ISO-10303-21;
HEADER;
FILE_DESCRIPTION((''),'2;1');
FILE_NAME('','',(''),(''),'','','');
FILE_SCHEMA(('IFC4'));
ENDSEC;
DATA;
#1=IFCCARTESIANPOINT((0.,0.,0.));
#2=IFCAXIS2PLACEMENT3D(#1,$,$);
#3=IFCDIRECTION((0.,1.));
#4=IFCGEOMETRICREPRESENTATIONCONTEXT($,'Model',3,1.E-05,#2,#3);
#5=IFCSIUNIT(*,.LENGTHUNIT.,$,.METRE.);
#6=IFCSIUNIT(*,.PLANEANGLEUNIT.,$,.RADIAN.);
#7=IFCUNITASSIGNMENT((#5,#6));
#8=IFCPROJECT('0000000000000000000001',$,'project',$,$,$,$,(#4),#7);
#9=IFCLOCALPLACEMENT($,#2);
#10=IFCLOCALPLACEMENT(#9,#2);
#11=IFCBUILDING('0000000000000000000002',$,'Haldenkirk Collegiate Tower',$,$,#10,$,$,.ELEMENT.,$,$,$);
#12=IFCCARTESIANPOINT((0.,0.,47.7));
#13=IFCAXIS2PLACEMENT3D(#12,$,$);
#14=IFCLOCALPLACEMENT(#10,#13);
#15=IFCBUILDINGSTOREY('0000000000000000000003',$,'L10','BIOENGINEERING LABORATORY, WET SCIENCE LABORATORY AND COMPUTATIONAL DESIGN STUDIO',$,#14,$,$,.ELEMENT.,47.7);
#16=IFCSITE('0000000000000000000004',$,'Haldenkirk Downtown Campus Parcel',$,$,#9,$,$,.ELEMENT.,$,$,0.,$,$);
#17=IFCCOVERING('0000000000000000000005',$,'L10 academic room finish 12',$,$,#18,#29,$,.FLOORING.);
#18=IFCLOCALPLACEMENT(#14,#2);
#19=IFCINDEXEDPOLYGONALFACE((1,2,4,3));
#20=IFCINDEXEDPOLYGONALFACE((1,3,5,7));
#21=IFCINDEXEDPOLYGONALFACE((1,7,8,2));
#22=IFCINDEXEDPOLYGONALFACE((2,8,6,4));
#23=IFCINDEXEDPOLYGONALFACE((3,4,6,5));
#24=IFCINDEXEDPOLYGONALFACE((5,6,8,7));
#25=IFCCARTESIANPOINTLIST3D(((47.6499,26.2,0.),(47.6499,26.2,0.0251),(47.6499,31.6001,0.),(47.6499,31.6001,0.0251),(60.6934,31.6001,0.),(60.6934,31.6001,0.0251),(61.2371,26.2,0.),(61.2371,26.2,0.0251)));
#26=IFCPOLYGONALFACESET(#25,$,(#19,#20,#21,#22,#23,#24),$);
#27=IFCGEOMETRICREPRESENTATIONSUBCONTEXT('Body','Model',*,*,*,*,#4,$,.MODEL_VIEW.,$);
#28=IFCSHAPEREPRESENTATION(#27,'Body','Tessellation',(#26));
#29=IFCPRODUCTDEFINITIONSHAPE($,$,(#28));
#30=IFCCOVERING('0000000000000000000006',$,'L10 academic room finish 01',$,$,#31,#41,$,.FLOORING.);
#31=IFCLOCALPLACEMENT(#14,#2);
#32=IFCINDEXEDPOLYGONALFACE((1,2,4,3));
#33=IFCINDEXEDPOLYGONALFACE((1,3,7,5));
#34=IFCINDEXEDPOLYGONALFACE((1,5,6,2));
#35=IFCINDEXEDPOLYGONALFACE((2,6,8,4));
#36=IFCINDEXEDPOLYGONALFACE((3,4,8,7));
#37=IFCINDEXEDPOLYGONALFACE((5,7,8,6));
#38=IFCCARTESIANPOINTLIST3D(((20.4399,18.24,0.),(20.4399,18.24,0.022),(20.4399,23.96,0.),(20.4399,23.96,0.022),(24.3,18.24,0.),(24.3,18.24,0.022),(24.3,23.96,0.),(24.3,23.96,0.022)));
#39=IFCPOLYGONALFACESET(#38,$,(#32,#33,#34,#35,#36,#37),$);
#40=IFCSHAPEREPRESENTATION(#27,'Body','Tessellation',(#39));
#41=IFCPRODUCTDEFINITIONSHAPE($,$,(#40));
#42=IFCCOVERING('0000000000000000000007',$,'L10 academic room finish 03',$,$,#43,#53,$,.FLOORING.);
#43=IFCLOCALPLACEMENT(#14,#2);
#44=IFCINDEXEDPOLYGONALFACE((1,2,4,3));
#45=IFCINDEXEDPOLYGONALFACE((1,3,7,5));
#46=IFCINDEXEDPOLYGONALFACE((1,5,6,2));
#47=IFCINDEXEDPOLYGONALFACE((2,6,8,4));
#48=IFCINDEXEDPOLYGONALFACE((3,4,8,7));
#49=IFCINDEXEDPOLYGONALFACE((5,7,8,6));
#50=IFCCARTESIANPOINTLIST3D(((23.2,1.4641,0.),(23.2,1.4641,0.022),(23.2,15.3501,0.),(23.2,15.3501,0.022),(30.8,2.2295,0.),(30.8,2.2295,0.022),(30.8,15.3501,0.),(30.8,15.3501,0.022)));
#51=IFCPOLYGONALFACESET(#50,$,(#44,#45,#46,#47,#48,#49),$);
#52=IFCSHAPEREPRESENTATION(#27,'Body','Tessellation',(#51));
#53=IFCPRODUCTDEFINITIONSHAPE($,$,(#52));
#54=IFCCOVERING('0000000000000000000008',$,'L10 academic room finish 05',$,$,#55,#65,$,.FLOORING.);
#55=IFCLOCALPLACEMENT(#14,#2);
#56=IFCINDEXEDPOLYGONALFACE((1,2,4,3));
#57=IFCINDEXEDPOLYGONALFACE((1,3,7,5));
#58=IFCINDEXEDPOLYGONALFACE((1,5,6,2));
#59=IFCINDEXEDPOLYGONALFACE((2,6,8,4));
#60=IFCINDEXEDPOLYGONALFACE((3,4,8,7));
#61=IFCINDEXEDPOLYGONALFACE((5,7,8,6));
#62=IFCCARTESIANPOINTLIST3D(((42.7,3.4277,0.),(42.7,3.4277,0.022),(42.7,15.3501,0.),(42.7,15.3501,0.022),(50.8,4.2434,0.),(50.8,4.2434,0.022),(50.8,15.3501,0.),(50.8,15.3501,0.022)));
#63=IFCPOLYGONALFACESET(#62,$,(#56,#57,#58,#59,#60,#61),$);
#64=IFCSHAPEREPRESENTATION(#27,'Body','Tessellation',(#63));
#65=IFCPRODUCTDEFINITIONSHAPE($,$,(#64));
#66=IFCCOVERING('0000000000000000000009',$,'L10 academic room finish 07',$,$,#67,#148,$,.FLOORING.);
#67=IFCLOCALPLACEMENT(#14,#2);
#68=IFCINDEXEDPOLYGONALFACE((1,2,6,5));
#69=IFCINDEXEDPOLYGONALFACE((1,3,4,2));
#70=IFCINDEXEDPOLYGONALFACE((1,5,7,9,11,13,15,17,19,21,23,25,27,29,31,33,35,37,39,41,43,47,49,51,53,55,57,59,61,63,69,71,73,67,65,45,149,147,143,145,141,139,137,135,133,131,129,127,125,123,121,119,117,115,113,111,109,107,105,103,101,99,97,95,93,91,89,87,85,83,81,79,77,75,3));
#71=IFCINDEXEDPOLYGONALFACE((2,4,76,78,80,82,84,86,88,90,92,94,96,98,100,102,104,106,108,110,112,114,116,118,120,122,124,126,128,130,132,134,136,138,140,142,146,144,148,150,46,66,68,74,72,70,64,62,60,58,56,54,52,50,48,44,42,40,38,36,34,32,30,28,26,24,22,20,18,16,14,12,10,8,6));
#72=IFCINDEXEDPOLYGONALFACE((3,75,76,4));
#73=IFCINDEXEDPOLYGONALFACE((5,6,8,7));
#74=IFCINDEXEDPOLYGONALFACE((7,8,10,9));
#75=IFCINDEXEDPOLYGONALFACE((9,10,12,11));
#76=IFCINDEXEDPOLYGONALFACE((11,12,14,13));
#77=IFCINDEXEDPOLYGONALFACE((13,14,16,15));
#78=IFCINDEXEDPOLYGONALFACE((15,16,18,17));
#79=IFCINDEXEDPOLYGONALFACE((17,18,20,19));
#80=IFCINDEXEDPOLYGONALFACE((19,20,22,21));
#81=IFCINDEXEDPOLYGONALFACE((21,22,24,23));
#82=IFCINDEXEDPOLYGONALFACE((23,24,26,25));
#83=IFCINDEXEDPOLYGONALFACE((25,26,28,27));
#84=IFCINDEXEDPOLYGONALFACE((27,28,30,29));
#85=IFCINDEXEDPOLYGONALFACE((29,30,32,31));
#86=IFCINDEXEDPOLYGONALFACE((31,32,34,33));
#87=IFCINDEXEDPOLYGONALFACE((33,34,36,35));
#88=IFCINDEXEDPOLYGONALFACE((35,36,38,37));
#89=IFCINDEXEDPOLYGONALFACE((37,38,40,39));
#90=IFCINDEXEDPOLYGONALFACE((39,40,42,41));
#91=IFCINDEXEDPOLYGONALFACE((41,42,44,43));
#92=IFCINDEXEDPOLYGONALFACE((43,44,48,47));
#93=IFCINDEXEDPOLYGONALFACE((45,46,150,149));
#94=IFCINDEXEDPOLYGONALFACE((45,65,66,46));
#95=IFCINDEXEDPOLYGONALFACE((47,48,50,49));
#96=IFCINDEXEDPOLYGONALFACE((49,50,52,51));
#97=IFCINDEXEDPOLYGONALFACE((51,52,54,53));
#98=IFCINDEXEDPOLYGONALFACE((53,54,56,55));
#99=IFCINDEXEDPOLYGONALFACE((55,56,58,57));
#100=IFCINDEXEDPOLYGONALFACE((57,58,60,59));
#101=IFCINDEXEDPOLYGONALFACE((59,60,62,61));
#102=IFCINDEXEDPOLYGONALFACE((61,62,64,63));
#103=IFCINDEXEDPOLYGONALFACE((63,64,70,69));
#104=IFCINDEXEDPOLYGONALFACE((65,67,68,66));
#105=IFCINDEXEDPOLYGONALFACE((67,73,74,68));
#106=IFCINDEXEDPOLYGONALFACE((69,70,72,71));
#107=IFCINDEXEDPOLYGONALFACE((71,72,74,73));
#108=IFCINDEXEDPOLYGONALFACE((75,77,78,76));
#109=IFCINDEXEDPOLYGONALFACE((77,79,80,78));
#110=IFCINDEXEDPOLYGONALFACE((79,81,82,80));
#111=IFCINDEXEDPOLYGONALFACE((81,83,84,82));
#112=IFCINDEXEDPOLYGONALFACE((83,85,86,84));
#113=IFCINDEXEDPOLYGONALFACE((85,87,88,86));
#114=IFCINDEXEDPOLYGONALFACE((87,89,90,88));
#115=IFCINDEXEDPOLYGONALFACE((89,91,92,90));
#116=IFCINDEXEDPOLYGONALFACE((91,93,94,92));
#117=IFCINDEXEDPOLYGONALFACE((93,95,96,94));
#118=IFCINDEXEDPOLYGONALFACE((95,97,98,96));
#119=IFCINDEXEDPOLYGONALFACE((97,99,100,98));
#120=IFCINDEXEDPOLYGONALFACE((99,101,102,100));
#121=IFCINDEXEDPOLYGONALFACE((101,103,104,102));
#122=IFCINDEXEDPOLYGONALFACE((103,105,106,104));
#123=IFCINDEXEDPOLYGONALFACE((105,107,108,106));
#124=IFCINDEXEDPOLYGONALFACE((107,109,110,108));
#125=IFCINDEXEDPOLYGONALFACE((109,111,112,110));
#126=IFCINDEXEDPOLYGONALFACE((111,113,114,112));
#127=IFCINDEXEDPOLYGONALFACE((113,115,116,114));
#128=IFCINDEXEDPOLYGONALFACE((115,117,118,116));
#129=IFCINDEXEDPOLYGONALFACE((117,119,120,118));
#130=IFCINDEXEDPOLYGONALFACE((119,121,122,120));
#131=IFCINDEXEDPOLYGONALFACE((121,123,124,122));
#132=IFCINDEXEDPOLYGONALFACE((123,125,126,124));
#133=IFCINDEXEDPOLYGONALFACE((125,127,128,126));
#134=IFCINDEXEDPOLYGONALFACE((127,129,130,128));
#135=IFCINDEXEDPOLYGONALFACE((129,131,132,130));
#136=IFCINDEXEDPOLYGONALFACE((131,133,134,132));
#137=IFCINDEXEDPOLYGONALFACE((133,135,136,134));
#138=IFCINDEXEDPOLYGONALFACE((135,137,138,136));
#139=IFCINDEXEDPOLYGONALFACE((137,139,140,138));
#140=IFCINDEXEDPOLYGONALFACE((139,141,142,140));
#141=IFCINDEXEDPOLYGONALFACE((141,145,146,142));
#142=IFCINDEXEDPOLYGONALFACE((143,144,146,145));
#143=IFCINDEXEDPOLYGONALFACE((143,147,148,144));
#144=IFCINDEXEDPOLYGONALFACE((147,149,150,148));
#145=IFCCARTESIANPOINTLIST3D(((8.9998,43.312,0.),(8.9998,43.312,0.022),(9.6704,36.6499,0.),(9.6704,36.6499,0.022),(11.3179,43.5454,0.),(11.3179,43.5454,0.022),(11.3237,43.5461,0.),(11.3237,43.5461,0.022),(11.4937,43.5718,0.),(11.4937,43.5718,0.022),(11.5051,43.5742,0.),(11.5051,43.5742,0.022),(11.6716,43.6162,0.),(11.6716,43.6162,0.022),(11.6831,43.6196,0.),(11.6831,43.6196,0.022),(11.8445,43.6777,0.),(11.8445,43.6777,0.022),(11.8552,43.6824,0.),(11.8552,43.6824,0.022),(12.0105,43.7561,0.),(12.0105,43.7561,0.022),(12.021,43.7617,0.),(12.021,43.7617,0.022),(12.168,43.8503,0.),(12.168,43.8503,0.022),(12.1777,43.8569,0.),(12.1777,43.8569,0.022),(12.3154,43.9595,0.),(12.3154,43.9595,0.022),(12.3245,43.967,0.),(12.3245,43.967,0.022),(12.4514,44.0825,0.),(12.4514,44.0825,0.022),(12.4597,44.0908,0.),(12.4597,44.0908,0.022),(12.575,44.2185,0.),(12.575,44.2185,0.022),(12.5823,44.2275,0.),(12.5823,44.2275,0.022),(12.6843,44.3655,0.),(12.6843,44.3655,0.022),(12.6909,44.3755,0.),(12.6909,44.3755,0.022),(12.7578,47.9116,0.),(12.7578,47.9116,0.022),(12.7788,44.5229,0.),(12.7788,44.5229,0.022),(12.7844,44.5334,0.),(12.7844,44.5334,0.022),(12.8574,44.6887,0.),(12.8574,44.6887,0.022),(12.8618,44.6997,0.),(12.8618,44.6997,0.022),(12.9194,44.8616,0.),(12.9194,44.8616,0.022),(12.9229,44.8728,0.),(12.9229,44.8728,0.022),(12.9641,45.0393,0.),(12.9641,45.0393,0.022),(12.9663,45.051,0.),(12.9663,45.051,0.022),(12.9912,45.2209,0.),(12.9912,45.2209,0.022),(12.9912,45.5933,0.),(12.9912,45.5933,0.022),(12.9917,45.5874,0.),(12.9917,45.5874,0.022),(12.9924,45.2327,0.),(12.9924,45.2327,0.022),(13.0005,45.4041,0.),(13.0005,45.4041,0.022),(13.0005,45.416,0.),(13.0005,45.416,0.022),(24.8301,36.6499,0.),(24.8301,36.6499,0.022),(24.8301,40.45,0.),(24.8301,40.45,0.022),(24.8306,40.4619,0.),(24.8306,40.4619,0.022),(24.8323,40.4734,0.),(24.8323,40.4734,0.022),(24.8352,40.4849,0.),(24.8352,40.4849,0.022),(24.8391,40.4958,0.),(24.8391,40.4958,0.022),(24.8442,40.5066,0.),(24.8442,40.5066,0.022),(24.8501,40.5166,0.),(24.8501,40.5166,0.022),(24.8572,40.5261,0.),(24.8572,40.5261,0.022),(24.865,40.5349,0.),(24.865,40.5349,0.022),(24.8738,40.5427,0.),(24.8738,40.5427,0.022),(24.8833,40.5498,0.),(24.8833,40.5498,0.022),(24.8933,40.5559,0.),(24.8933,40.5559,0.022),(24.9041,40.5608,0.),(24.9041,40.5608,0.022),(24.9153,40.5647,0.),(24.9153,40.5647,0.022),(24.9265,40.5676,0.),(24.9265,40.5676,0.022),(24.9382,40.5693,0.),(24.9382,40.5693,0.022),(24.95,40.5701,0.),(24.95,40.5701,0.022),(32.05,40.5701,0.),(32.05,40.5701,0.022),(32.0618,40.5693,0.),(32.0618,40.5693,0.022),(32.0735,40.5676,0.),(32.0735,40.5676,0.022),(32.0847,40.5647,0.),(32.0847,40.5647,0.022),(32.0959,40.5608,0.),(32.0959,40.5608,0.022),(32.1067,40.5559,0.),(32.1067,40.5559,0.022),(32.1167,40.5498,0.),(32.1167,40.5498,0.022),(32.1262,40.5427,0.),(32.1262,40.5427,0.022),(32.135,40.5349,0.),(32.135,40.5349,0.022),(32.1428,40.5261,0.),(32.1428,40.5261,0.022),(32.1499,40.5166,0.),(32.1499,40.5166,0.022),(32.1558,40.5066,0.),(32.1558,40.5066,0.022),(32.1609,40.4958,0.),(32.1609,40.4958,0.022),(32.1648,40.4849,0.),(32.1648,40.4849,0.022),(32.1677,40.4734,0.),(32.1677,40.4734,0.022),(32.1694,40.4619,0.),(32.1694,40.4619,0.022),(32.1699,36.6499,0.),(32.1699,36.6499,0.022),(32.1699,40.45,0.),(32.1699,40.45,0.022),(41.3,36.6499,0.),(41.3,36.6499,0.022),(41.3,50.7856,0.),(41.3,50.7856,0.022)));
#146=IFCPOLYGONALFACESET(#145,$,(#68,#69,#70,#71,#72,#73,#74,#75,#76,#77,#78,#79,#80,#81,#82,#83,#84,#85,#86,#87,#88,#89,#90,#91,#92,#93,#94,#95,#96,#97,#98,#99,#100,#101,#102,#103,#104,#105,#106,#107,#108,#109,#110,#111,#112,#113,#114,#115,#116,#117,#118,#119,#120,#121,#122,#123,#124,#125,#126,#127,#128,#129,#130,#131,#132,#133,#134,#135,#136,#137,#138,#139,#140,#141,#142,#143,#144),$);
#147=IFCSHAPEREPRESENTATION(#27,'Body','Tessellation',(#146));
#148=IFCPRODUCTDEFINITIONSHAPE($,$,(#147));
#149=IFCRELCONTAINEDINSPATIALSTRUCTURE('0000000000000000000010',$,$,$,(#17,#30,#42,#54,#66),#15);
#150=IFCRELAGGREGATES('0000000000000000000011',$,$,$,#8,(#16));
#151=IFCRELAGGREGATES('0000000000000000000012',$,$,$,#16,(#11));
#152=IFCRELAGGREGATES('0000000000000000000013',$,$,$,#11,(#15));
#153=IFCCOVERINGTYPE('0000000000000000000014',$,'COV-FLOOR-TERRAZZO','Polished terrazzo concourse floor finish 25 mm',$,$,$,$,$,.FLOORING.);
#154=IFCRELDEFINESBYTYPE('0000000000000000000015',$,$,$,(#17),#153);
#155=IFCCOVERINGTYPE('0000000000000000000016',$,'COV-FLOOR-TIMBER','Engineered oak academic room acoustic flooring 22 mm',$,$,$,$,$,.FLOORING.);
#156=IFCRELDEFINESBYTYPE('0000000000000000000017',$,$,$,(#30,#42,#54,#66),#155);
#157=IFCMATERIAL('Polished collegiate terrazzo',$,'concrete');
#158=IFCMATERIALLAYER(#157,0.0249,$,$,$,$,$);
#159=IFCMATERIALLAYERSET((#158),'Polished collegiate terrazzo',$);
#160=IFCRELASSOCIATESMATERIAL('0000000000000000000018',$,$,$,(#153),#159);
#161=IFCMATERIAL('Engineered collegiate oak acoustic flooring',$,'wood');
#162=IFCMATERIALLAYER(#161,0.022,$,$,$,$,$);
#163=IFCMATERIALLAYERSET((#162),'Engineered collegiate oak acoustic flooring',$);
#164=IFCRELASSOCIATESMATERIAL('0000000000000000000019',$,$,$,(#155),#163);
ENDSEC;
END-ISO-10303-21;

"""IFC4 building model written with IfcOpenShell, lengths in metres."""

from ifc_helpers import new_model, si_unit, direction, frame, origin, place, context, subcontext, project, spatial, polyline, outline, extrude, material, layer, layer_set, type_object, element, save


model = new_model("IFC4")

# Units and contexts
model_context = context("Model", 3, precision=1e-05, world=origin(), true_north=direction((0.0, 1.0)))
body_context = subcontext(model_context, "Body", "Model", "MODEL_VIEW")
ifc_project = project(units=[si_unit("LENGTHUNIT", "METRE"), si_unit("PLANEANGLEUNIT", "RADIAN")], contexts=[model_context])

# Site, building, storey
site_placement = place(None, origin())
site = spatial("IfcSite", under=ifc_project, at=site_placement, Name="Haldenkirk Downtown Campus Parcel", CompositionType="ELEMENT", RefElevation=0.0)
building_placement = place(site_placement, origin())
building = spatial("IfcBuilding", under=site, at=building_placement, Name="Haldenkirk Collegiate Tower", CompositionType="ELEMENT")
storey_placement = place(building_placement, frame((0.0, 0.0, 47.7)))
storey = spatial("IfcBuildingStorey", under=building, at=storey_placement, Name="L10", Description="BIOENGINEERING LABORATORY, WET SCIENCE LABORATORY AND COMPUTATIONAL DESIGN STUDIO", CompositionType="ELEMENT", Elevation=47.7)

# Coverings
ifc_material_1 = material(Name="Polished collegiate terrazzo", Category="concrete")
ifc_layer_1 = layer(ifc_material_1, 0.0249)
ifc_layer_set_1 = layer_set([ifc_layer_1], Name="Polished collegiate terrazzo")
covering_type_1 = type_object("IfcCoveringType", Name="COV-FLOOR-TERRAZZO", Description="Polished terrazzo concourse floor finish 25 mm", PredefinedType="FLOORING", material=ifc_layer_set_1)
covering_1_placement = place(storey_placement, origin())
element("IfcCovering", 1, at=covering_1_placement, inside=storey, type_object=covering_type_1, Name="L10 academic room finish 12", PredefinedType="FLOORING", context=body_context, shape_type="SweptSolid", body=[
    extrude(outline(polyline([(61.2371, 26.2), (47.6499, 26.2), (47.6499, 31.6001), (60.6934, 31.6001), (61.2371, 26.2)])), origin(), (0.0, 0.0, 1.0), 0.0251),
])
ifc_material_2 = material(Name="Engineered collegiate oak acoustic flooring", Category="wood")
ifc_layer_2 = layer(ifc_material_2, 0.022)
ifc_layer_set_2 = layer_set([ifc_layer_2], Name="Engineered collegiate oak acoustic flooring")
covering_type_2 = type_object("IfcCoveringType", Name="COV-FLOOR-TIMBER", Description="Engineered oak academic room acoustic flooring 22 mm", PredefinedType="FLOORING", material=ifc_layer_set_2)
covering_2_placement = place(storey_placement, origin())
element("IfcCovering", 2, at=covering_2_placement, inside=storey, type_object=covering_type_2, Name="L10 academic room finish 01", PredefinedType="FLOORING", context=body_context, shape_type="SweptSolid", body=[
    extrude(outline(polyline([(20.4399, 18.24), (20.4399, 23.96), (24.3, 23.96), (24.3, 18.24), (20.4399, 18.24)])), origin(), (0.0, 0.0, 1.0), 0.022),
])
covering_3_placement = place(storey_placement, origin())
element("IfcCovering", 3, at=covering_3_placement, inside=storey, type_object=covering_type_2, Name="L10 academic room finish 03", PredefinedType="FLOORING", context=body_context, shape_type="SweptSolid", body=[
    extrude(outline(polyline([(23.2, 1.4641), (23.2, 15.3501), (30.8, 15.3501), (30.8, 2.2295), (23.2, 1.4641)])), origin(), (0.0, 0.0, 1.0), 0.022),
])
covering_4_placement = place(storey_placement, origin())
element("IfcCovering", 4, at=covering_4_placement, inside=storey, type_object=covering_type_2, Name="L10 academic room finish 05", PredefinedType="FLOORING", context=body_context, shape_type="SweptSolid", body=[
    extrude(outline(polyline([(42.7, 3.4277), (42.7, 15.3501), (50.8, 15.3501), (50.8, 4.2434), (42.7, 3.4277)])), origin(), (0.0, 0.0, 1.0), 0.022),
])
covering_5_placement = place(storey_placement, origin())
element("IfcCovering", 5, at=covering_5_placement, inside=storey, type_object=covering_type_2, Name="L10 academic room finish 07", PredefinedType="FLOORING", context=body_context, shape_type="SweptSolid", body=[
    extrude(outline(polyline([(11.3179, 43.5454), (11.3237, 43.5461), (11.4937, 43.5718), (11.5051, 43.5742), (11.6716, 43.6162), (11.6831, 43.6196), (11.8445, 43.6777), (11.8552, 43.6824), (12.0105, 43.7561), (12.021, 43.7617), (12.168, 43.8503), (12.1777, 43.8569), (12.3154, 43.9595), (12.3245, 43.967), (12.4514, 44.0825), (12.4597, 44.0908), (12.575, 44.2185), (12.5823, 44.2275), (12.6843, 44.3655), (12.6909, 44.3755), (12.7788, 44.5229), (12.7844, 44.5334), (12.8574, 44.6887), (12.8618, 44.6997), (12.9194, 44.8616), (12.9229, 44.8728), (12.9641, 45.0393), (12.9663, 45.051), (12.9912, 45.2209), (12.9924, 45.2327), (13.0005, 45.4041), (13.0005, 45.416), (12.9917, 45.5874), (12.9912, 45.5933), (12.7578, 47.9116), (41.3, 50.7856), (41.3, 36.6499), (32.1699, 36.6499), (32.1699, 40.45), (32.1694, 40.4619), (32.1677, 40.4734), (32.1648, 40.4849), (32.1609, 40.4958), (32.1558, 40.5066), (32.1499, 40.5166), (32.1428, 40.5261), (32.135, 40.5349), (32.1262, 40.5427), (32.1167, 40.5498), (32.1067, 40.5559), (32.0959, 40.5608), (32.0847, 40.5647), (32.0735, 40.5676), (32.0618, 40.5693), (32.05, 40.5701), (24.95, 40.5701), (24.9382, 40.5693), (24.9265, 40.5676), (24.9153, 40.5647), (24.9041, 40.5608), (24.8933, 40.5559), (24.8833, 40.5498), (24.8738, 40.5427), (24.865, 40.5349), (24.8572, 40.5261), (24.8501, 40.5166), (24.8442, 40.5066), (24.8391, 40.4958), (24.8352, 40.4849), (24.8323, 40.4734), (24.8306, 40.4619), (24.8301, 40.45), (24.8301, 36.6499), (9.6704, 36.6499), (8.9998, 43.312), (11.3179, 43.5454)])), origin(), (0.0, 0.0, 1.0), 0.022),
])

save(model, "model.ifc")
